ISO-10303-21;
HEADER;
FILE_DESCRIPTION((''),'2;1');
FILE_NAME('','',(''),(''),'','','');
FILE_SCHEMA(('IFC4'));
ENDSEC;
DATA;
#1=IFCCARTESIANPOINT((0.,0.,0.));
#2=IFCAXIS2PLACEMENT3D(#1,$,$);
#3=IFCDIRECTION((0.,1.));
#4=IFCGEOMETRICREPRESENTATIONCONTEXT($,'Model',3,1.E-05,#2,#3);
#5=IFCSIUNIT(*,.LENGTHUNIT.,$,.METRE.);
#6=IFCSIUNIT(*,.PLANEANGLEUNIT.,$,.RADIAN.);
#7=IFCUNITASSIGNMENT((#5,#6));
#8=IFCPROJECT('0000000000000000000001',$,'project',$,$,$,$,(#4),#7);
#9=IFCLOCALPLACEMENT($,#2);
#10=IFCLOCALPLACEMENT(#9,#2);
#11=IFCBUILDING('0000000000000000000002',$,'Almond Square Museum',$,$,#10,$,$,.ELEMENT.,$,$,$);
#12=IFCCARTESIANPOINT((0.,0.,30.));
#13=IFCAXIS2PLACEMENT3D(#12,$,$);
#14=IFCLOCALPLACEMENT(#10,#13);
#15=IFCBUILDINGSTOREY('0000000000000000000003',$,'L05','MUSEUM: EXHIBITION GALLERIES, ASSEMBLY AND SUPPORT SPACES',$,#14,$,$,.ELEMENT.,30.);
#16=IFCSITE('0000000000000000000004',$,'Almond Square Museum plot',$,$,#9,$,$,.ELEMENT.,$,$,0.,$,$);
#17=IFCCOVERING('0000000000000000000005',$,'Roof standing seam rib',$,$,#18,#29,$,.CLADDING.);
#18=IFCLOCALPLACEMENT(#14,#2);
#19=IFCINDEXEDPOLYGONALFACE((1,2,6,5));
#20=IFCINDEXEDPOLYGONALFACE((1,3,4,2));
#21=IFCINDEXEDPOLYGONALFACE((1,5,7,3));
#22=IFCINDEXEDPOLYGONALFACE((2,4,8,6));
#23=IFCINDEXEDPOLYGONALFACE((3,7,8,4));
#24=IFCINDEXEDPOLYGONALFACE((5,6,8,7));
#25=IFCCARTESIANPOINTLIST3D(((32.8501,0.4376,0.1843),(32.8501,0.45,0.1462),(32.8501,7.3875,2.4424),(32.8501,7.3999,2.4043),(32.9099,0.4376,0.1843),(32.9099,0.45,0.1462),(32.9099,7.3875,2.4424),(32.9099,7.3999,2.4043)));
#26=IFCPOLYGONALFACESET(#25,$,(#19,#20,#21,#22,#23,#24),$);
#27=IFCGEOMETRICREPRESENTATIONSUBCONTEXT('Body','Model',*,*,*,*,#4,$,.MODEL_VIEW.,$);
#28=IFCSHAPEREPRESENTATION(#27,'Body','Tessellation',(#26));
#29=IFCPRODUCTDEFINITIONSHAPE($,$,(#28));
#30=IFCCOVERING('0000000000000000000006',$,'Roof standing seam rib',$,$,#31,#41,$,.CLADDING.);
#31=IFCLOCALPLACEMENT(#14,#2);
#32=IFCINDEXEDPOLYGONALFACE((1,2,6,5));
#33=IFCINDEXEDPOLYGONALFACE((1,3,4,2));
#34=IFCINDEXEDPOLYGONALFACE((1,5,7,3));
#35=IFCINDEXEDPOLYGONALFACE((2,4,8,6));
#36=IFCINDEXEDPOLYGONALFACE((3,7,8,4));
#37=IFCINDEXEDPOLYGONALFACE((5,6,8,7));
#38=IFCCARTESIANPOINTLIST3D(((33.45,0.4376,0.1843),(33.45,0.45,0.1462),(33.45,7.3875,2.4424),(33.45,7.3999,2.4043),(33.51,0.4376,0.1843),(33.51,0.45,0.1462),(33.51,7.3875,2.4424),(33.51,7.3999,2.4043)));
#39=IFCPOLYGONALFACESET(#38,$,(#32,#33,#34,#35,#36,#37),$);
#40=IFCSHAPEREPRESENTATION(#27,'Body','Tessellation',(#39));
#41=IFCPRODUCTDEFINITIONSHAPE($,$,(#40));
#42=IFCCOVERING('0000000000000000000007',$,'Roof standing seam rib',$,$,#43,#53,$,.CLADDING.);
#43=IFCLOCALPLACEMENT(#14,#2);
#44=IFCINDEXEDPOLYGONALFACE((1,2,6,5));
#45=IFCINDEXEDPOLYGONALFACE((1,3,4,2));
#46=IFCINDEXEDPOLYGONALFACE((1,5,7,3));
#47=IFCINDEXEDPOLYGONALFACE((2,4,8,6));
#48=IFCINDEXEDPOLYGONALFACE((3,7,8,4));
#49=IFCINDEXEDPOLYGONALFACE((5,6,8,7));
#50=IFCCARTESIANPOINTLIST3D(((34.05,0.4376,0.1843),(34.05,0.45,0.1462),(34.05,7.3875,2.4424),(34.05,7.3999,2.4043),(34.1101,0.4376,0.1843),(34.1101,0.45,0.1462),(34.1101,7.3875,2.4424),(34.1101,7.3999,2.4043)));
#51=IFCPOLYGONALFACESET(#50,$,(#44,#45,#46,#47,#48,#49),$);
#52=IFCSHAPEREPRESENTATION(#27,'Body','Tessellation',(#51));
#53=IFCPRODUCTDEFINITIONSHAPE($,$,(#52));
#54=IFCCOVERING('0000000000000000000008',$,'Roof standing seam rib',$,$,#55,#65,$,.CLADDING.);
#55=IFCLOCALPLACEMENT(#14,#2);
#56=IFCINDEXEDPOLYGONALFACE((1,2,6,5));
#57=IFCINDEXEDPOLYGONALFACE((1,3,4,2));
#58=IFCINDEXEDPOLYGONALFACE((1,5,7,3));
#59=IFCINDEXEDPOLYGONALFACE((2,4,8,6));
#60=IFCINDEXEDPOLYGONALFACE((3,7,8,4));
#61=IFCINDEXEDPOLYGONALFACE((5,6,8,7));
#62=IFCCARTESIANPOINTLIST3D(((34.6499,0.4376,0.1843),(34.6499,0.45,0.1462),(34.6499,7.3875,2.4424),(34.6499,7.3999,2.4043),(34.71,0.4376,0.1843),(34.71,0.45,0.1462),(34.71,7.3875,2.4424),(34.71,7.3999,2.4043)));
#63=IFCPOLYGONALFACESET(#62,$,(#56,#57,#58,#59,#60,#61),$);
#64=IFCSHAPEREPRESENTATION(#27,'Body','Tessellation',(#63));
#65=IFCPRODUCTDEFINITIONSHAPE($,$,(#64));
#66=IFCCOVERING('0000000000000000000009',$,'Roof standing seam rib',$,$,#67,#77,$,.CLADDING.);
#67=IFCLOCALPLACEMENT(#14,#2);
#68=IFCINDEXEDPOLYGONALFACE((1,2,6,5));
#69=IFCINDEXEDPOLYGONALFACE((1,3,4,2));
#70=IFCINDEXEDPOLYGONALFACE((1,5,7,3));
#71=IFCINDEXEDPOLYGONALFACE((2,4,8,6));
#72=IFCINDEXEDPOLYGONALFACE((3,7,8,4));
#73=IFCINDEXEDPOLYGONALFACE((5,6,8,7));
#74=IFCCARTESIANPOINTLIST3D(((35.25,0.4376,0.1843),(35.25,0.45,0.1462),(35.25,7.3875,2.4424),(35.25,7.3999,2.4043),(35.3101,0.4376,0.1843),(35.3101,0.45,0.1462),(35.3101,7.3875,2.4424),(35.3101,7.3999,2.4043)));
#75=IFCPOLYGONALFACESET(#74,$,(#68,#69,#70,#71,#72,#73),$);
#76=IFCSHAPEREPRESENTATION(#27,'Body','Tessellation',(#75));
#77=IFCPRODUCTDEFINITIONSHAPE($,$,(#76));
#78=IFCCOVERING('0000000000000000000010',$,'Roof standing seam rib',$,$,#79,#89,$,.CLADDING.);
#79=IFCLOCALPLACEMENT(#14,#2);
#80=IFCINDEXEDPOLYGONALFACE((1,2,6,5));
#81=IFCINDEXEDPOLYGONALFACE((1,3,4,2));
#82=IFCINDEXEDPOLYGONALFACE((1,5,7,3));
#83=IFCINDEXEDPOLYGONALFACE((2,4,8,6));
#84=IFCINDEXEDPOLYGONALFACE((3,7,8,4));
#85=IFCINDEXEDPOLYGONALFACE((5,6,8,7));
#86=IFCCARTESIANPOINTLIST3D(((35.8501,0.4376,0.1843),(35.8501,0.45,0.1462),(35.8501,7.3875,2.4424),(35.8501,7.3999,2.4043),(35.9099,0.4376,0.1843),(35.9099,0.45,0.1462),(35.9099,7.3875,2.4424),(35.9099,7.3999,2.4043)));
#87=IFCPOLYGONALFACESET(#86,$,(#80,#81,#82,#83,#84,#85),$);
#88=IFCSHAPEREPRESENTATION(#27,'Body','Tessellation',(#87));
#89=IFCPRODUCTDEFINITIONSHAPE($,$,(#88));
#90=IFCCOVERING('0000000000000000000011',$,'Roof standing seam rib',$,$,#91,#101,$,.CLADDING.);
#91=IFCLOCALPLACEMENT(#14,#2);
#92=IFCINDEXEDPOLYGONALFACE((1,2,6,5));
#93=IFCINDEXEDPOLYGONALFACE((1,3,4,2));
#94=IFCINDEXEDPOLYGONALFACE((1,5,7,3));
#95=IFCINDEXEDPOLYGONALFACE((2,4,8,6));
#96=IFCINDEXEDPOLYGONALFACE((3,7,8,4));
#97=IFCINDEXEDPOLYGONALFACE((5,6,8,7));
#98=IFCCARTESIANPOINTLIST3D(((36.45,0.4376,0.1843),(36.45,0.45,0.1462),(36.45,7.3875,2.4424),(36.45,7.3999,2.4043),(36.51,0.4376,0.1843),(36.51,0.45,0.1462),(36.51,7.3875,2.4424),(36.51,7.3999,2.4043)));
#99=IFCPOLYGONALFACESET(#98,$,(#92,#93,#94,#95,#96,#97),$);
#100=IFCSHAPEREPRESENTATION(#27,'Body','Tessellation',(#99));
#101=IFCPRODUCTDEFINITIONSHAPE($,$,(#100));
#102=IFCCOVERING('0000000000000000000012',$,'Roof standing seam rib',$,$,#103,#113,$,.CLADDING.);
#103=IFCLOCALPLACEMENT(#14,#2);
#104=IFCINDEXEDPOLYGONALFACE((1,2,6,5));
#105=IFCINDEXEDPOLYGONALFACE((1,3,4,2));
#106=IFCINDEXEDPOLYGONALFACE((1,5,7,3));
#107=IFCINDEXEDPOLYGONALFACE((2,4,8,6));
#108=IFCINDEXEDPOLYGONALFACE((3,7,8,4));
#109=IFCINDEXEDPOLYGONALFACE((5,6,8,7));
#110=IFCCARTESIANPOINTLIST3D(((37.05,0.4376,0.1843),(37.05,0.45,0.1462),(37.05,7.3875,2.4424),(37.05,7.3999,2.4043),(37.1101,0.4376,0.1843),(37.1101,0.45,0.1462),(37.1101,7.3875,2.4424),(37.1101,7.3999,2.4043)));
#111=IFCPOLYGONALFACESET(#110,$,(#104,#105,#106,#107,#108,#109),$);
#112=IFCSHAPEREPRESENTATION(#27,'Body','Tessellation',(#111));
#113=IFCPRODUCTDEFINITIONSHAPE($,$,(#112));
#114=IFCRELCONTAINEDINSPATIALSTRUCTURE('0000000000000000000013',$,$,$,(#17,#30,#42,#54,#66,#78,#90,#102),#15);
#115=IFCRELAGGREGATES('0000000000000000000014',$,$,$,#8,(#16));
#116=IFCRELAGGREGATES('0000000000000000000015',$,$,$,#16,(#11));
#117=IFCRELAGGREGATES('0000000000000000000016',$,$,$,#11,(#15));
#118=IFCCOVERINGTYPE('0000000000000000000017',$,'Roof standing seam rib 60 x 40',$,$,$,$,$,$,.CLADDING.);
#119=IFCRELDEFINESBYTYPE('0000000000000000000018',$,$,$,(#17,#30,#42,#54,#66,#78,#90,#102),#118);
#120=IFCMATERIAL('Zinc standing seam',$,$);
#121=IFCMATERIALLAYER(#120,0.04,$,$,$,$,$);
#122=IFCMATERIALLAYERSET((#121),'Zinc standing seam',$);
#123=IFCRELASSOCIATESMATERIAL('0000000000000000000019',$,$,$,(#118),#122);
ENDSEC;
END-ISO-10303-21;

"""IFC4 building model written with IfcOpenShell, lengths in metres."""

from ifc_helpers import new_model, si_unit, direction, frame, origin, place, context, subcontext, project, spatial, polyline, outline, extrude, material, layer, layer_set, type_object, element, save


model = new_model("IFC4")

# Units and contexts
model_context = context("Model", 3, precision=1e-05, world=origin(), true_north=direction((0.0, 1.0)))
body_context = subcontext(model_context, "Body", "Model", "MODEL_VIEW")
ifc_project = project(units=[si_unit("LENGTHUNIT", "METRE"), si_unit("PLANEANGLEUNIT", "RADIAN")], contexts=[model_context])

# Site, building, storey
site_placement = place(None, origin())
site = spatial("IfcSite", under=ifc_project, at=site_placement, Name="Almond Square Museum plot", CompositionType="ELEMENT", RefElevation=0.0)
building_placement = place(site_placement, origin())
building = spatial("IfcBuilding", under=site, at=building_placement, Name="Almond Square Museum", CompositionType="ELEMENT")
storey_placement = place(building_placement, frame((0.0, 0.0, 30.0)))
storey = spatial("IfcBuildingStorey", under=building, at=storey_placement, Name="L05", Description="MUSEUM: EXHIBITION GALLERIES, ASSEMBLY AND SUPPORT SPACES", CompositionType="ELEMENT", Elevation=30.0)

# Coverings
ifc_material_1 = material(Name="Zinc standing seam")
ifc_layer_1 = layer(ifc_material_1, 0.04)
ifc_layer_set_1 = layer_set([ifc_layer_1], Name="Zinc standing seam")
covering_type = type_object("IfcCoveringType", Name="Roof standing seam rib 60 x 40", PredefinedType="CLADDING", material=ifc_layer_set_1)
covering_1_placement = place(storey_placement, frame((32.8501, 0.45, 0.1462), z_axis=(0.0, -0.309002, 0.951061), x_axis=(1.0, 0.0, 0.0)))
element("IfcCovering", 1, at=covering_1_placement, inside=storey, type_object=covering_type, Name="Roof standing seam rib", PredefinedType="CLADDING", context=body_context, shape_type="SweptSolid", body=[
    extrude(outline(polyline([(0.0, 0.0), (0.0598, 0.0), (0.0598, 7.3076), (0.0, 7.3076), (0.0, 0.0)])), origin(), (0.0, 0.0, 1.0), 0.04),
])
for number, where, z_axis, x_axis, name in (
    (2, (33.45, 0.45, 0.1462), (0.0, -0.309002, 0.951061), (1.0, 0.0, 0.0), "Roof standing seam rib"),
    (3, (34.05, 0.45, 0.1462), (0.0, -0.309002, 0.951061), (1.0, 0.0, 0.0), "Roof standing seam rib"),
    (4, (34.6499, 0.45, 0.1462), (0.0, -0.309002, 0.951061), (1.0, 0.0, 0.0), "Roof standing seam rib"),
    (5, (35.25, 0.45, 0.1462), (0.0, -0.309002, 0.951061), (1.0, 0.0, 0.0), "Roof standing seam rib"),
):
    element("IfcCovering", number, at=place(storey_placement, frame(where, z_axis=z_axis, x_axis=x_axis)), inside=storey, type_object=covering_type, Name=name, PredefinedType="CLADDING", context=body_context, shape_type="SweptSolid", body=[
        extrude(outline(polyline([(0.0, 0.0), (0.0601, 0.0), (0.0601, 7.3076), (0.0, 7.3076), (0.0, 0.0)])), origin(), (0.0, 0.0, 1.0), 0.04),
    ])
covering_2_placement = place(storey_placement, frame((35.8501, 0.45, 0.1462), z_axis=(0.0, -0.309002, 0.951061), x_axis=(1.0, 0.0, 0.0)))
element("IfcCovering", 6, at=covering_2_placement, inside=storey, type_object=covering_type, Name="Roof standing seam rib", PredefinedType="CLADDING", context=body_context, shape_type="SweptSolid", body=[
    extrude(outline(polyline([(0.0, 0.0), (0.0598, 0.0), (0.0598, 7.3076), (0.0, 7.3076), (0.0, 0.0)])), origin(), (0.0, 0.0, 1.0), 0.04),
])
for number, where, z_axis, x_axis, name in (
    (7, (36.45, 0.45, 0.1462), (0.0, -0.309002, 0.951061), (1.0, 0.0, 0.0), "Roof standing seam rib"),
    (8, (37.05, 0.45, 0.1462), (0.0, -0.309002, 0.951061), (1.0, 0.0, 0.0), "Roof standing seam rib"),
):
    element("IfcCovering", number, at=place(storey_placement, frame(where, z_axis=z_axis, x_axis=x_axis)), inside=storey, type_object=covering_type, Name=name, PredefinedType="CLADDING", context=body_context, shape_type="SweptSolid", body=[
        extrude(outline(polyline([(0.0, 0.0), (0.0601, 0.0), (0.0601, 7.3076), (0.0, 7.3076), (0.0, 0.0)])), origin(), (0.0, 0.0, 1.0), 0.04),
    ])

save(model, "model.ifc")
